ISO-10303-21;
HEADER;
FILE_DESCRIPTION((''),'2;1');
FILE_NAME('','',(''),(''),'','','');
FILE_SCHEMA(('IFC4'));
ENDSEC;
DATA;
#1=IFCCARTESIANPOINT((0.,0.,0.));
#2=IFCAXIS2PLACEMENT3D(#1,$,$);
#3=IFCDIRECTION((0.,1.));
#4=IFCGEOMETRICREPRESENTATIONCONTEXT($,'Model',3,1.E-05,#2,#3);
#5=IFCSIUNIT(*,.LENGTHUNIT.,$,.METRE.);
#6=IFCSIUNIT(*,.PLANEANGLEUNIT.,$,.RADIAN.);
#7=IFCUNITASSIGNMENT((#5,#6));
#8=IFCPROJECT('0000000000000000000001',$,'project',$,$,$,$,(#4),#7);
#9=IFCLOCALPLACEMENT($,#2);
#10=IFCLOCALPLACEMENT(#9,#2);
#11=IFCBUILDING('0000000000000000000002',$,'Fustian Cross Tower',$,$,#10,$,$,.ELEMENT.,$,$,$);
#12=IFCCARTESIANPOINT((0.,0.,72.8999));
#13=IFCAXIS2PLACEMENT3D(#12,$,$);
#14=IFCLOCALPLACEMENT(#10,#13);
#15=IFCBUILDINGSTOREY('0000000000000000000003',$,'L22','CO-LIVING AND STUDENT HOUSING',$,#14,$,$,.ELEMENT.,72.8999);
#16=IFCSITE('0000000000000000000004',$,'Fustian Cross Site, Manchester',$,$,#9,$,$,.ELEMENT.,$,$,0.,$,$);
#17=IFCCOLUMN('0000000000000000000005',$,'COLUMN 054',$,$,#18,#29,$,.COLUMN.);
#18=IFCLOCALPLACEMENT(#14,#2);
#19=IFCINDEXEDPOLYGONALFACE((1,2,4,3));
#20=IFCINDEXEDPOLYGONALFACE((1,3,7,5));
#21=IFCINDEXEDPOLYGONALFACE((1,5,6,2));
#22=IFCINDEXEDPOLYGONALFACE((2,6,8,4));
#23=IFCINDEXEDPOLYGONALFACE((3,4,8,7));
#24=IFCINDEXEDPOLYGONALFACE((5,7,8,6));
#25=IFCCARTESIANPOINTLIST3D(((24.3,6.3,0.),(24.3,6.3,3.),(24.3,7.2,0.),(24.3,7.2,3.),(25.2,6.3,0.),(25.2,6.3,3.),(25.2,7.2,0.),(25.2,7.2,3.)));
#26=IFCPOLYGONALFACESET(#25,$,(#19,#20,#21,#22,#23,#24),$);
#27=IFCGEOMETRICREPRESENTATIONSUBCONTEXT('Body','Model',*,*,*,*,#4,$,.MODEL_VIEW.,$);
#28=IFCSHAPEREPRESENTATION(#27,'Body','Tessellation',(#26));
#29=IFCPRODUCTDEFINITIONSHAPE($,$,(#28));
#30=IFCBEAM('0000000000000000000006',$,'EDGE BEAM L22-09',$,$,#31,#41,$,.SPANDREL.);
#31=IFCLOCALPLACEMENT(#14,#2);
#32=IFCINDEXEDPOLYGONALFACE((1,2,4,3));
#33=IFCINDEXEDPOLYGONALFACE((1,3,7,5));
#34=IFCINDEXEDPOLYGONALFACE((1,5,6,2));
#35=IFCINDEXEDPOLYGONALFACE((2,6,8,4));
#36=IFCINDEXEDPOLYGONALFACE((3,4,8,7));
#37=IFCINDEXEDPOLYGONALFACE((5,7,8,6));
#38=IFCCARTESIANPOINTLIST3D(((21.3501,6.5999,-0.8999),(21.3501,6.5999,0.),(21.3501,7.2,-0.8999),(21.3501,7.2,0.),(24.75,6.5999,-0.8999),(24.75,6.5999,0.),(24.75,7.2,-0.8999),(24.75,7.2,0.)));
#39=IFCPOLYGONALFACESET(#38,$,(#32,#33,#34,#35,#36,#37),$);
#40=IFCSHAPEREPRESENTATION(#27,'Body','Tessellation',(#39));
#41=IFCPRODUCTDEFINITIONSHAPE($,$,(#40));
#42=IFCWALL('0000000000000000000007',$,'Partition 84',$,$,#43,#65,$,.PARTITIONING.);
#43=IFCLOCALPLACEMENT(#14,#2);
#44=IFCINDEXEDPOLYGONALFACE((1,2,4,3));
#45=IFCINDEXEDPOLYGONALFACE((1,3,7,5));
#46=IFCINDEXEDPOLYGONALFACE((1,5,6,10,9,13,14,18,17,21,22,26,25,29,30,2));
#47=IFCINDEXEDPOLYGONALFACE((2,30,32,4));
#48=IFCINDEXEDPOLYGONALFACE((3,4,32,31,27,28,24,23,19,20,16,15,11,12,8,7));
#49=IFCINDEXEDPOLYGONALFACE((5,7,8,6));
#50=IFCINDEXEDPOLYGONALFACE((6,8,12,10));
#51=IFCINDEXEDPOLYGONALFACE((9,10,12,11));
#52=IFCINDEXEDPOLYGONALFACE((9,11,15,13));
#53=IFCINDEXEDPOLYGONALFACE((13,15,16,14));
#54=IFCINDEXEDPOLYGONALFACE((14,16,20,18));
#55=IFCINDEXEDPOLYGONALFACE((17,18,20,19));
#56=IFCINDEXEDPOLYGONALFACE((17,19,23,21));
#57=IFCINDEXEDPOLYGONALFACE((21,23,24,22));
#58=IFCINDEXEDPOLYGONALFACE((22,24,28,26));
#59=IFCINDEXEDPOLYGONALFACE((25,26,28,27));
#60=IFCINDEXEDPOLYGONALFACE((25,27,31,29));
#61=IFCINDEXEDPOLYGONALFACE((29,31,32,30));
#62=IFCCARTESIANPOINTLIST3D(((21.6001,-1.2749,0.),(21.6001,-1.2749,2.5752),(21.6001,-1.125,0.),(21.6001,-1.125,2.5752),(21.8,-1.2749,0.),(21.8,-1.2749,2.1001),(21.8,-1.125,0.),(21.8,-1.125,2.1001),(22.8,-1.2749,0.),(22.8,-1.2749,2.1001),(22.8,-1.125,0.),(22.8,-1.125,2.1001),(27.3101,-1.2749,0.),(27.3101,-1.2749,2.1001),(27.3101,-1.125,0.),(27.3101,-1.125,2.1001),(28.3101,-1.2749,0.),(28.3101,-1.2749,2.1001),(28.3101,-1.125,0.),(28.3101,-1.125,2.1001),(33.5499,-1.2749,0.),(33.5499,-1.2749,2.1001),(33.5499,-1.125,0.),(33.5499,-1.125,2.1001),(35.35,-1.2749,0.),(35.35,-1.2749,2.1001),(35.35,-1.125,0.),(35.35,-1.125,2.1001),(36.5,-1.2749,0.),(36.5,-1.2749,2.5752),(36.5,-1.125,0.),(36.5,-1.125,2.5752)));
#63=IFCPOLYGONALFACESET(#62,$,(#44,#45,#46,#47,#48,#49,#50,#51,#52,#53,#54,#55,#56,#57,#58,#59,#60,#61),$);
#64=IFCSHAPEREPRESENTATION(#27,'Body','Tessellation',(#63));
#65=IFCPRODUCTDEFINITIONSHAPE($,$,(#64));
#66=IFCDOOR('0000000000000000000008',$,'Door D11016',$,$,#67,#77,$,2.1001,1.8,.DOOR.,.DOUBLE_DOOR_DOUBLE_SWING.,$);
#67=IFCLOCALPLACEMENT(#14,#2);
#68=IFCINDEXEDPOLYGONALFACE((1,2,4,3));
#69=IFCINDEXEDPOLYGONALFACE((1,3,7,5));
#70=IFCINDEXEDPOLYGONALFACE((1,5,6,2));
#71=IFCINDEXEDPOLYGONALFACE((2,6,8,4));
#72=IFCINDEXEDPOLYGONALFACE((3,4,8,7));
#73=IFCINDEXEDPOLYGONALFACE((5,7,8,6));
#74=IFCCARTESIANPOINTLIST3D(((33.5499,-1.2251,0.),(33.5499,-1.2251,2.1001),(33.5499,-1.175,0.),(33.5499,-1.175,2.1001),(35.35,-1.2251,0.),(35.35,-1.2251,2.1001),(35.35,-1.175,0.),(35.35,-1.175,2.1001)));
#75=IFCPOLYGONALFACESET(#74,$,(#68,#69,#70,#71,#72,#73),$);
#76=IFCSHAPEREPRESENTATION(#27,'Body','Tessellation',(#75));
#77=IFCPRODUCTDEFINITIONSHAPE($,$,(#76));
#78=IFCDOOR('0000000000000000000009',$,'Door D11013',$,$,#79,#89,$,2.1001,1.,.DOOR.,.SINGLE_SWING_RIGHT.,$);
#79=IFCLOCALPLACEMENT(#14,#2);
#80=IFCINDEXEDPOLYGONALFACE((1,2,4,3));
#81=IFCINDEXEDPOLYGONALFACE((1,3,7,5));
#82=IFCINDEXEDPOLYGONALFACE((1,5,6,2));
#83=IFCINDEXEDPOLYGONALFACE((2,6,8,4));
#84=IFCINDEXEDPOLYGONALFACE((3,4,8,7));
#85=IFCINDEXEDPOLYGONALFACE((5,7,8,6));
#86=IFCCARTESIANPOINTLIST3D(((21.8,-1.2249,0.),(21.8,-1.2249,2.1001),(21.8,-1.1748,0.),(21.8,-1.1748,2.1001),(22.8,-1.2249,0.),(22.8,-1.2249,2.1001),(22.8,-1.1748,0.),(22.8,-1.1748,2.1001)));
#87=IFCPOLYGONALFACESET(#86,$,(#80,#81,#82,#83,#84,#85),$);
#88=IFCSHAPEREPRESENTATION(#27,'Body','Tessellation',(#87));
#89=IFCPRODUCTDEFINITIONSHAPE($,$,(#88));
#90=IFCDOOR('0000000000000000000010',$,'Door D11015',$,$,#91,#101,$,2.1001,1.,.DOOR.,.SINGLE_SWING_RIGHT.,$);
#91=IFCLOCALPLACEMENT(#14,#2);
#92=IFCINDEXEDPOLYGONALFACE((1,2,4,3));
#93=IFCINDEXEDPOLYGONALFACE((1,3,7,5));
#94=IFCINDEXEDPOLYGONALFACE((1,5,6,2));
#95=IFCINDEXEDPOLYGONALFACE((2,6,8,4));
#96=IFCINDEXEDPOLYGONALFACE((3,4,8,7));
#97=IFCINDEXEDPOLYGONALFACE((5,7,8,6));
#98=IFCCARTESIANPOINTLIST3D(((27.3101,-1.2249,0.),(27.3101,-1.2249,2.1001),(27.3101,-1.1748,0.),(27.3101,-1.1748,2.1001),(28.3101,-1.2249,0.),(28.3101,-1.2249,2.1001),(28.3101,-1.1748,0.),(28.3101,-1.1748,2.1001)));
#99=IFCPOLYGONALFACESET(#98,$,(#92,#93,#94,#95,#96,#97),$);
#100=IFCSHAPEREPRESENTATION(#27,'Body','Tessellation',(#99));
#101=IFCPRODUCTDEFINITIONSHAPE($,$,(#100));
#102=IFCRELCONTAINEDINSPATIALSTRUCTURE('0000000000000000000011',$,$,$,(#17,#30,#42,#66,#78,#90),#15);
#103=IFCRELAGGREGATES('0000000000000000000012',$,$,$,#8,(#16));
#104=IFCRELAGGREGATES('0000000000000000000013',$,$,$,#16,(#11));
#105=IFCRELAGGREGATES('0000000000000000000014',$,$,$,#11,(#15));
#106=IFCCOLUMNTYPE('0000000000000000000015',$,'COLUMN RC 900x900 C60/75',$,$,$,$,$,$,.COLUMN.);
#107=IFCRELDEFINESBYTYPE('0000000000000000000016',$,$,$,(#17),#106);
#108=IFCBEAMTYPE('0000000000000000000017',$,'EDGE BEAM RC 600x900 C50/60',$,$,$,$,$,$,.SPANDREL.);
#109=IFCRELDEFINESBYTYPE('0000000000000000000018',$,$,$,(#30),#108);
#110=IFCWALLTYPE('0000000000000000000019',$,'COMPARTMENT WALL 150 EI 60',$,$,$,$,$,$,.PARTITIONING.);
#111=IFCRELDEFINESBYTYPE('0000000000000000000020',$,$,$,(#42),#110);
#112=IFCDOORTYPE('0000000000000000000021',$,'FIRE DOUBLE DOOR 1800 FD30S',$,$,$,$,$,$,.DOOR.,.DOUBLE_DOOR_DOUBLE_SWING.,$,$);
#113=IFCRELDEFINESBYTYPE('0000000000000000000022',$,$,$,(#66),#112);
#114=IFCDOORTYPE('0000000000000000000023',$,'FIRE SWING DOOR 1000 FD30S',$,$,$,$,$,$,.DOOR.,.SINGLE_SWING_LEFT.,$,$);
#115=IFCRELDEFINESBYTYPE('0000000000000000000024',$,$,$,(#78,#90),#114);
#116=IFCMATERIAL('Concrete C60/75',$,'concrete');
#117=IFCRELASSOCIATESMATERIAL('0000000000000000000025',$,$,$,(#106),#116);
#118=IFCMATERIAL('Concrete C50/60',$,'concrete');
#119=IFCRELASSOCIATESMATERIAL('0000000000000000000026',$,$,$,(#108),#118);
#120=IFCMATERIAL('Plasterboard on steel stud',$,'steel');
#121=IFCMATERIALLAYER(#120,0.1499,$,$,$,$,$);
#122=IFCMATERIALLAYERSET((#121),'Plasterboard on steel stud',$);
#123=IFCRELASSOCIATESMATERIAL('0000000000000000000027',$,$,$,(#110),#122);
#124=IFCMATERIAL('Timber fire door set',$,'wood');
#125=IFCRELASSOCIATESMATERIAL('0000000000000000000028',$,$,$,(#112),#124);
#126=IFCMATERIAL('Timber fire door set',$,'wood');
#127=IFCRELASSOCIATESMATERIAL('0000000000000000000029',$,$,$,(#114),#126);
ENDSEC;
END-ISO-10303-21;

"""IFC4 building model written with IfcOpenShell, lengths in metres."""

from ifc_helpers import new_model, si_unit, direction, frame, frame_2d, origin, origin_2d, place, context, subcontext, project, spatial, rectangle, extrude, material, layer, layer_set, material_profile, profile_set, type_object, element, fill, save


model = new_model("IFC4")

# Units and contexts
model_context = context("Model", 3, precision=1e-05, world=origin(), true_north=direction((0.0, 1.0)))
body_context = subcontext(model_context, "Body", "Model", "MODEL_VIEW")
ifc_project = project(units=[si_unit("LENGTHUNIT", "METRE"), si_unit("PLANEANGLEUNIT", "RADIAN")], contexts=[model_context])

# Site, building, storey
site_placement = place(None, origin())
site = spatial("IfcSite", under=ifc_project, at=site_placement, Name="Fustian Cross Site, Manchester", CompositionType="ELEMENT", RefElevation=0.0)
building_placement = place(site_placement, origin())
building = spatial("IfcBuilding", under=site, at=building_placement, Name="Fustian Cross Tower", CompositionType="ELEMENT")
storey_placement = place(building_placement, frame((0.0, 0.0, 72.8999)))
storey = spatial("IfcBuildingStorey", under=building, at=storey_placement, Name="L22", Description="CO-LIVING AND STUDENT HOUSING", CompositionType="ELEMENT", Elevation=72.8999)

# Column
ifc_material_1 = material(Name="Concrete C60/75", Category="concrete")
ifc_material_profile_1 = material_profile(ifc_material_1, rectangle(XDim=0.8999, YDim=0.8999, at=origin_2d()), Name="RC 900x900")
ifc_profile_set_1 = profile_set([ifc_material_profile_1], Name="Concrete C60/75")
column_type = type_object("IfcColumnType", Name="COLUMN RC 900x900 C60/75", PredefinedType="COLUMN", material=ifc_profile_set_1)
column_placement = place(storey_placement, frame((24.75, 6.75, 0.0), z_axis=(0.0, 0.0, 1.0), x_axis=(1.0, 0.0, 0.0)))
element("IfcColumn", 1, at=column_placement, inside=storey, type_object=column_type, Name="COLUMN 054", PredefinedType="COLUMN", context=body_context, shape_type="SweptSolid", body=[
    extrude(rectangle(XDim=0.8999, YDim=0.8999, at=origin_2d()), origin(), (0.0, 0.0, 1.0), 3.0),
])

# Beam
ifc_material_2 = material(Name="Concrete C50/60", Category="concrete")
ifc_material_profile_2 = material_profile(ifc_material_2, rectangle(XDim=0.6001, YDim=0.8999, at=origin_2d()), Name="RC 600x900")
ifc_profile_set_2 = profile_set([ifc_material_profile_2], Name="Concrete C50/60")
beam_type = type_object("IfcBeamType", Name="EDGE BEAM RC 600x900 C50/60", PredefinedType="SPANDREL", material=ifc_profile_set_2)
beam_placement = place(storey_placement, frame((24.75, 6.8999, -0.45), z_axis=(-1.0, 0.0, 0.0), x_axis=(0.0, -1.0, 0.0)))
element("IfcBeam", 2, at=beam_placement, inside=storey, type_object=beam_type, Name="EDGE BEAM L22-09", PredefinedType="SPANDREL", context=body_context, shape_type="SweptSolid", body=[
    extrude(rectangle(XDim=0.6001, YDim=0.8999, at=origin_2d()), origin(), (0.0, 0.0, 1.0), 3.3999),
])

# Wall, openings, doors
ifc_material_3 = material(Name="Plasterboard on steel stud", Category="steel")
ifc_layer_1 = layer(ifc_material_3, 0.1499)
ifc_layer_set_1 = layer_set([ifc_layer_1], Name="Plasterboard on steel stud")
wall_type_1 = type_object("IfcWallType", Name="COMPARTMENT WALL 150 EI 60", PredefinedType="PARTITIONING", material=ifc_layer_set_1)
wall_1_placement = place(storey_placement, frame((21.6001, -1.2, 0.0), z_axis=(0.0, 0.0, 1.0), x_axis=(1.0, 0.0, 0.0)))
wall_1 = element("IfcWall", 3, at=wall_1_placement, inside=storey, type_object=wall_type_1, Name="Partition 84", PredefinedType="PARTITIONING", context=body_context, shape_type="SweptSolid", body=[
    extrude(rectangle(XDim=14.8999, YDim=0.1499, at=frame_2d((7.45, 0.0))), origin(), (0.0, 0.0, 1.0), 2.5752),
])
opening_1_placement = place(wall_1_placement, frame((0.2, 0.0, 0.0)))
opening_1 = element("IfcOpeningElement", 4, at=opening_1_placement, cuts=wall_1, PredefinedType="OPENING", context=body_context, shape_type="SweptSolid", body=[
    extrude(rectangle(XDim=1.0, YDim=2.1001, at=frame_2d((0.5, 1.05))), frame((0.0, 0.085, 0.0), z_axis=(0.0, -1.0, 0.0), x_axis=(1.0, 0.0, 0.0)), (0.0, 0.0, 1.0), 0.1699),
])
opening_2_placement = place(wall_1_placement, frame((5.71, 0.0, 0.0)))
opening_2 = element("IfcOpeningElement", 5, at=opening_2_placement, cuts=wall_1, PredefinedType="OPENING", context=body_context, shape_type="SweptSolid", body=[
    extrude(rectangle(XDim=1.0, YDim=2.1001, at=frame_2d((0.5, 1.05))), frame((0.0, 0.085, 0.0), z_axis=(0.0, -1.0, 0.0), x_axis=(1.0, 0.0, 0.0)), (0.0, 0.0, 1.0), 0.1699),
])
opening_3_placement = place(wall_1_placement, frame((11.95, 0.0, 0.0)))
opening_3 = element("IfcOpeningElement", 6, at=opening_3_placement, cuts=wall_1, PredefinedType="OPENING", context=body_context, shape_type="SweptSolid", body=[
    extrude(rectangle(XDim=1.8, YDim=2.1001, at=frame_2d((0.8999, 1.05))), frame((0.0, 0.085, 0.0), z_axis=(0.0, -1.0, 0.0), x_axis=(1.0, 0.0, 0.0)), (0.0, 0.0, 1.0), 0.1699),
])
ifc_material_4 = material(Name="Timber fire door set", Category="wood")
door_type_1 = type_object("IfcDoorType", Name="FIRE DOUBLE DOOR 1800 FD30S", OperationType="DOUBLE_DOOR_DOUBLE_SWING", PredefinedType="DOOR", material=ifc_material_4)
door_1_placement = place(opening_3_placement, origin())
door_1 = element("IfcDoor", 7, at=door_1_placement, inside=storey, type_object=door_type_1, Name="Door D11016", OperationType="DOUBLE_DOOR_DOUBLE_SWING", OverallHeight=2.1001, OverallWidth=1.8, PredefinedType="DOOR", context=body_context, shape_type="SweptSolid", body=[
    extrude(rectangle(XDim=1.8, YDim=2.1001, at=frame_2d((0.8999, 1.05))), frame((0.0, 0.0249, 0.0), z_axis=(0.0, -1.0, 0.0), x_axis=(1.0, 0.0, 0.0)), (0.0, 0.0, 1.0), 0.05),
])
fill(opening_3, door_1)
ifc_material_5 = material(Name="Timber fire door set", Category="wood")
door_type_2 = type_object("IfcDoorType", Name="FIRE SWING DOOR 1000 FD30S", OperationType="SINGLE_SWING_LEFT", PredefinedType="DOOR", material=ifc_material_5)
door_2_placement = place(opening_1_placement, frame((1.0, 0.0, 0.0), z_axis=(0.0, 0.0, 1.0), x_axis=(-1.0, 0.0, 0.0)))
door_2 = element("IfcDoor", 8, at=door_2_placement, inside=storey, type_object=door_type_2, Name="Door D11013", OperationType="SINGLE_SWING_RIGHT", OverallHeight=2.1001, OverallWidth=1.0, PredefinedType="DOOR", context=body_context, shape_type="SweptSolid", body=[
    extrude(rectangle(XDim=1.0, YDim=2.1001, at=frame_2d((0.5, 1.05))), frame((0.0, 0.0249, 0.0), z_axis=(0.0, -1.0, 0.0), x_axis=(1.0, 0.0, 0.0)), (0.0, 0.0, 1.0), 0.05),
])
fill(opening_1, door_2)
door_3_placement = place(opening_2_placement, frame((1.0, 0.0, 0.0), z_axis=(0.0, 0.0, 1.0), x_axis=(-1.0, 0.0, 0.0)))
door_3 = element("IfcDoor", 9, at=door_3_placement, inside=storey, type_object=door_type_2, Name="Door D11015", OperationType="SINGLE_SWING_RIGHT", OverallHeight=2.1001, OverallWidth=1.0, PredefinedType="DOOR", context=body_context, shape_type="SweptSolid", body=[
    extrude(rectangle(XDim=1.0, YDim=2.1001, at=frame_2d((0.5, 1.05))), frame((0.0, 0.0249, 0.0), z_axis=(0.0, -1.0, 0.0), x_axis=(1.0, 0.0, 0.0)), (0.0, 0.0, 1.0), 0.05),
])
fill(opening_2, door_3)

save(model, "model.ifc")
